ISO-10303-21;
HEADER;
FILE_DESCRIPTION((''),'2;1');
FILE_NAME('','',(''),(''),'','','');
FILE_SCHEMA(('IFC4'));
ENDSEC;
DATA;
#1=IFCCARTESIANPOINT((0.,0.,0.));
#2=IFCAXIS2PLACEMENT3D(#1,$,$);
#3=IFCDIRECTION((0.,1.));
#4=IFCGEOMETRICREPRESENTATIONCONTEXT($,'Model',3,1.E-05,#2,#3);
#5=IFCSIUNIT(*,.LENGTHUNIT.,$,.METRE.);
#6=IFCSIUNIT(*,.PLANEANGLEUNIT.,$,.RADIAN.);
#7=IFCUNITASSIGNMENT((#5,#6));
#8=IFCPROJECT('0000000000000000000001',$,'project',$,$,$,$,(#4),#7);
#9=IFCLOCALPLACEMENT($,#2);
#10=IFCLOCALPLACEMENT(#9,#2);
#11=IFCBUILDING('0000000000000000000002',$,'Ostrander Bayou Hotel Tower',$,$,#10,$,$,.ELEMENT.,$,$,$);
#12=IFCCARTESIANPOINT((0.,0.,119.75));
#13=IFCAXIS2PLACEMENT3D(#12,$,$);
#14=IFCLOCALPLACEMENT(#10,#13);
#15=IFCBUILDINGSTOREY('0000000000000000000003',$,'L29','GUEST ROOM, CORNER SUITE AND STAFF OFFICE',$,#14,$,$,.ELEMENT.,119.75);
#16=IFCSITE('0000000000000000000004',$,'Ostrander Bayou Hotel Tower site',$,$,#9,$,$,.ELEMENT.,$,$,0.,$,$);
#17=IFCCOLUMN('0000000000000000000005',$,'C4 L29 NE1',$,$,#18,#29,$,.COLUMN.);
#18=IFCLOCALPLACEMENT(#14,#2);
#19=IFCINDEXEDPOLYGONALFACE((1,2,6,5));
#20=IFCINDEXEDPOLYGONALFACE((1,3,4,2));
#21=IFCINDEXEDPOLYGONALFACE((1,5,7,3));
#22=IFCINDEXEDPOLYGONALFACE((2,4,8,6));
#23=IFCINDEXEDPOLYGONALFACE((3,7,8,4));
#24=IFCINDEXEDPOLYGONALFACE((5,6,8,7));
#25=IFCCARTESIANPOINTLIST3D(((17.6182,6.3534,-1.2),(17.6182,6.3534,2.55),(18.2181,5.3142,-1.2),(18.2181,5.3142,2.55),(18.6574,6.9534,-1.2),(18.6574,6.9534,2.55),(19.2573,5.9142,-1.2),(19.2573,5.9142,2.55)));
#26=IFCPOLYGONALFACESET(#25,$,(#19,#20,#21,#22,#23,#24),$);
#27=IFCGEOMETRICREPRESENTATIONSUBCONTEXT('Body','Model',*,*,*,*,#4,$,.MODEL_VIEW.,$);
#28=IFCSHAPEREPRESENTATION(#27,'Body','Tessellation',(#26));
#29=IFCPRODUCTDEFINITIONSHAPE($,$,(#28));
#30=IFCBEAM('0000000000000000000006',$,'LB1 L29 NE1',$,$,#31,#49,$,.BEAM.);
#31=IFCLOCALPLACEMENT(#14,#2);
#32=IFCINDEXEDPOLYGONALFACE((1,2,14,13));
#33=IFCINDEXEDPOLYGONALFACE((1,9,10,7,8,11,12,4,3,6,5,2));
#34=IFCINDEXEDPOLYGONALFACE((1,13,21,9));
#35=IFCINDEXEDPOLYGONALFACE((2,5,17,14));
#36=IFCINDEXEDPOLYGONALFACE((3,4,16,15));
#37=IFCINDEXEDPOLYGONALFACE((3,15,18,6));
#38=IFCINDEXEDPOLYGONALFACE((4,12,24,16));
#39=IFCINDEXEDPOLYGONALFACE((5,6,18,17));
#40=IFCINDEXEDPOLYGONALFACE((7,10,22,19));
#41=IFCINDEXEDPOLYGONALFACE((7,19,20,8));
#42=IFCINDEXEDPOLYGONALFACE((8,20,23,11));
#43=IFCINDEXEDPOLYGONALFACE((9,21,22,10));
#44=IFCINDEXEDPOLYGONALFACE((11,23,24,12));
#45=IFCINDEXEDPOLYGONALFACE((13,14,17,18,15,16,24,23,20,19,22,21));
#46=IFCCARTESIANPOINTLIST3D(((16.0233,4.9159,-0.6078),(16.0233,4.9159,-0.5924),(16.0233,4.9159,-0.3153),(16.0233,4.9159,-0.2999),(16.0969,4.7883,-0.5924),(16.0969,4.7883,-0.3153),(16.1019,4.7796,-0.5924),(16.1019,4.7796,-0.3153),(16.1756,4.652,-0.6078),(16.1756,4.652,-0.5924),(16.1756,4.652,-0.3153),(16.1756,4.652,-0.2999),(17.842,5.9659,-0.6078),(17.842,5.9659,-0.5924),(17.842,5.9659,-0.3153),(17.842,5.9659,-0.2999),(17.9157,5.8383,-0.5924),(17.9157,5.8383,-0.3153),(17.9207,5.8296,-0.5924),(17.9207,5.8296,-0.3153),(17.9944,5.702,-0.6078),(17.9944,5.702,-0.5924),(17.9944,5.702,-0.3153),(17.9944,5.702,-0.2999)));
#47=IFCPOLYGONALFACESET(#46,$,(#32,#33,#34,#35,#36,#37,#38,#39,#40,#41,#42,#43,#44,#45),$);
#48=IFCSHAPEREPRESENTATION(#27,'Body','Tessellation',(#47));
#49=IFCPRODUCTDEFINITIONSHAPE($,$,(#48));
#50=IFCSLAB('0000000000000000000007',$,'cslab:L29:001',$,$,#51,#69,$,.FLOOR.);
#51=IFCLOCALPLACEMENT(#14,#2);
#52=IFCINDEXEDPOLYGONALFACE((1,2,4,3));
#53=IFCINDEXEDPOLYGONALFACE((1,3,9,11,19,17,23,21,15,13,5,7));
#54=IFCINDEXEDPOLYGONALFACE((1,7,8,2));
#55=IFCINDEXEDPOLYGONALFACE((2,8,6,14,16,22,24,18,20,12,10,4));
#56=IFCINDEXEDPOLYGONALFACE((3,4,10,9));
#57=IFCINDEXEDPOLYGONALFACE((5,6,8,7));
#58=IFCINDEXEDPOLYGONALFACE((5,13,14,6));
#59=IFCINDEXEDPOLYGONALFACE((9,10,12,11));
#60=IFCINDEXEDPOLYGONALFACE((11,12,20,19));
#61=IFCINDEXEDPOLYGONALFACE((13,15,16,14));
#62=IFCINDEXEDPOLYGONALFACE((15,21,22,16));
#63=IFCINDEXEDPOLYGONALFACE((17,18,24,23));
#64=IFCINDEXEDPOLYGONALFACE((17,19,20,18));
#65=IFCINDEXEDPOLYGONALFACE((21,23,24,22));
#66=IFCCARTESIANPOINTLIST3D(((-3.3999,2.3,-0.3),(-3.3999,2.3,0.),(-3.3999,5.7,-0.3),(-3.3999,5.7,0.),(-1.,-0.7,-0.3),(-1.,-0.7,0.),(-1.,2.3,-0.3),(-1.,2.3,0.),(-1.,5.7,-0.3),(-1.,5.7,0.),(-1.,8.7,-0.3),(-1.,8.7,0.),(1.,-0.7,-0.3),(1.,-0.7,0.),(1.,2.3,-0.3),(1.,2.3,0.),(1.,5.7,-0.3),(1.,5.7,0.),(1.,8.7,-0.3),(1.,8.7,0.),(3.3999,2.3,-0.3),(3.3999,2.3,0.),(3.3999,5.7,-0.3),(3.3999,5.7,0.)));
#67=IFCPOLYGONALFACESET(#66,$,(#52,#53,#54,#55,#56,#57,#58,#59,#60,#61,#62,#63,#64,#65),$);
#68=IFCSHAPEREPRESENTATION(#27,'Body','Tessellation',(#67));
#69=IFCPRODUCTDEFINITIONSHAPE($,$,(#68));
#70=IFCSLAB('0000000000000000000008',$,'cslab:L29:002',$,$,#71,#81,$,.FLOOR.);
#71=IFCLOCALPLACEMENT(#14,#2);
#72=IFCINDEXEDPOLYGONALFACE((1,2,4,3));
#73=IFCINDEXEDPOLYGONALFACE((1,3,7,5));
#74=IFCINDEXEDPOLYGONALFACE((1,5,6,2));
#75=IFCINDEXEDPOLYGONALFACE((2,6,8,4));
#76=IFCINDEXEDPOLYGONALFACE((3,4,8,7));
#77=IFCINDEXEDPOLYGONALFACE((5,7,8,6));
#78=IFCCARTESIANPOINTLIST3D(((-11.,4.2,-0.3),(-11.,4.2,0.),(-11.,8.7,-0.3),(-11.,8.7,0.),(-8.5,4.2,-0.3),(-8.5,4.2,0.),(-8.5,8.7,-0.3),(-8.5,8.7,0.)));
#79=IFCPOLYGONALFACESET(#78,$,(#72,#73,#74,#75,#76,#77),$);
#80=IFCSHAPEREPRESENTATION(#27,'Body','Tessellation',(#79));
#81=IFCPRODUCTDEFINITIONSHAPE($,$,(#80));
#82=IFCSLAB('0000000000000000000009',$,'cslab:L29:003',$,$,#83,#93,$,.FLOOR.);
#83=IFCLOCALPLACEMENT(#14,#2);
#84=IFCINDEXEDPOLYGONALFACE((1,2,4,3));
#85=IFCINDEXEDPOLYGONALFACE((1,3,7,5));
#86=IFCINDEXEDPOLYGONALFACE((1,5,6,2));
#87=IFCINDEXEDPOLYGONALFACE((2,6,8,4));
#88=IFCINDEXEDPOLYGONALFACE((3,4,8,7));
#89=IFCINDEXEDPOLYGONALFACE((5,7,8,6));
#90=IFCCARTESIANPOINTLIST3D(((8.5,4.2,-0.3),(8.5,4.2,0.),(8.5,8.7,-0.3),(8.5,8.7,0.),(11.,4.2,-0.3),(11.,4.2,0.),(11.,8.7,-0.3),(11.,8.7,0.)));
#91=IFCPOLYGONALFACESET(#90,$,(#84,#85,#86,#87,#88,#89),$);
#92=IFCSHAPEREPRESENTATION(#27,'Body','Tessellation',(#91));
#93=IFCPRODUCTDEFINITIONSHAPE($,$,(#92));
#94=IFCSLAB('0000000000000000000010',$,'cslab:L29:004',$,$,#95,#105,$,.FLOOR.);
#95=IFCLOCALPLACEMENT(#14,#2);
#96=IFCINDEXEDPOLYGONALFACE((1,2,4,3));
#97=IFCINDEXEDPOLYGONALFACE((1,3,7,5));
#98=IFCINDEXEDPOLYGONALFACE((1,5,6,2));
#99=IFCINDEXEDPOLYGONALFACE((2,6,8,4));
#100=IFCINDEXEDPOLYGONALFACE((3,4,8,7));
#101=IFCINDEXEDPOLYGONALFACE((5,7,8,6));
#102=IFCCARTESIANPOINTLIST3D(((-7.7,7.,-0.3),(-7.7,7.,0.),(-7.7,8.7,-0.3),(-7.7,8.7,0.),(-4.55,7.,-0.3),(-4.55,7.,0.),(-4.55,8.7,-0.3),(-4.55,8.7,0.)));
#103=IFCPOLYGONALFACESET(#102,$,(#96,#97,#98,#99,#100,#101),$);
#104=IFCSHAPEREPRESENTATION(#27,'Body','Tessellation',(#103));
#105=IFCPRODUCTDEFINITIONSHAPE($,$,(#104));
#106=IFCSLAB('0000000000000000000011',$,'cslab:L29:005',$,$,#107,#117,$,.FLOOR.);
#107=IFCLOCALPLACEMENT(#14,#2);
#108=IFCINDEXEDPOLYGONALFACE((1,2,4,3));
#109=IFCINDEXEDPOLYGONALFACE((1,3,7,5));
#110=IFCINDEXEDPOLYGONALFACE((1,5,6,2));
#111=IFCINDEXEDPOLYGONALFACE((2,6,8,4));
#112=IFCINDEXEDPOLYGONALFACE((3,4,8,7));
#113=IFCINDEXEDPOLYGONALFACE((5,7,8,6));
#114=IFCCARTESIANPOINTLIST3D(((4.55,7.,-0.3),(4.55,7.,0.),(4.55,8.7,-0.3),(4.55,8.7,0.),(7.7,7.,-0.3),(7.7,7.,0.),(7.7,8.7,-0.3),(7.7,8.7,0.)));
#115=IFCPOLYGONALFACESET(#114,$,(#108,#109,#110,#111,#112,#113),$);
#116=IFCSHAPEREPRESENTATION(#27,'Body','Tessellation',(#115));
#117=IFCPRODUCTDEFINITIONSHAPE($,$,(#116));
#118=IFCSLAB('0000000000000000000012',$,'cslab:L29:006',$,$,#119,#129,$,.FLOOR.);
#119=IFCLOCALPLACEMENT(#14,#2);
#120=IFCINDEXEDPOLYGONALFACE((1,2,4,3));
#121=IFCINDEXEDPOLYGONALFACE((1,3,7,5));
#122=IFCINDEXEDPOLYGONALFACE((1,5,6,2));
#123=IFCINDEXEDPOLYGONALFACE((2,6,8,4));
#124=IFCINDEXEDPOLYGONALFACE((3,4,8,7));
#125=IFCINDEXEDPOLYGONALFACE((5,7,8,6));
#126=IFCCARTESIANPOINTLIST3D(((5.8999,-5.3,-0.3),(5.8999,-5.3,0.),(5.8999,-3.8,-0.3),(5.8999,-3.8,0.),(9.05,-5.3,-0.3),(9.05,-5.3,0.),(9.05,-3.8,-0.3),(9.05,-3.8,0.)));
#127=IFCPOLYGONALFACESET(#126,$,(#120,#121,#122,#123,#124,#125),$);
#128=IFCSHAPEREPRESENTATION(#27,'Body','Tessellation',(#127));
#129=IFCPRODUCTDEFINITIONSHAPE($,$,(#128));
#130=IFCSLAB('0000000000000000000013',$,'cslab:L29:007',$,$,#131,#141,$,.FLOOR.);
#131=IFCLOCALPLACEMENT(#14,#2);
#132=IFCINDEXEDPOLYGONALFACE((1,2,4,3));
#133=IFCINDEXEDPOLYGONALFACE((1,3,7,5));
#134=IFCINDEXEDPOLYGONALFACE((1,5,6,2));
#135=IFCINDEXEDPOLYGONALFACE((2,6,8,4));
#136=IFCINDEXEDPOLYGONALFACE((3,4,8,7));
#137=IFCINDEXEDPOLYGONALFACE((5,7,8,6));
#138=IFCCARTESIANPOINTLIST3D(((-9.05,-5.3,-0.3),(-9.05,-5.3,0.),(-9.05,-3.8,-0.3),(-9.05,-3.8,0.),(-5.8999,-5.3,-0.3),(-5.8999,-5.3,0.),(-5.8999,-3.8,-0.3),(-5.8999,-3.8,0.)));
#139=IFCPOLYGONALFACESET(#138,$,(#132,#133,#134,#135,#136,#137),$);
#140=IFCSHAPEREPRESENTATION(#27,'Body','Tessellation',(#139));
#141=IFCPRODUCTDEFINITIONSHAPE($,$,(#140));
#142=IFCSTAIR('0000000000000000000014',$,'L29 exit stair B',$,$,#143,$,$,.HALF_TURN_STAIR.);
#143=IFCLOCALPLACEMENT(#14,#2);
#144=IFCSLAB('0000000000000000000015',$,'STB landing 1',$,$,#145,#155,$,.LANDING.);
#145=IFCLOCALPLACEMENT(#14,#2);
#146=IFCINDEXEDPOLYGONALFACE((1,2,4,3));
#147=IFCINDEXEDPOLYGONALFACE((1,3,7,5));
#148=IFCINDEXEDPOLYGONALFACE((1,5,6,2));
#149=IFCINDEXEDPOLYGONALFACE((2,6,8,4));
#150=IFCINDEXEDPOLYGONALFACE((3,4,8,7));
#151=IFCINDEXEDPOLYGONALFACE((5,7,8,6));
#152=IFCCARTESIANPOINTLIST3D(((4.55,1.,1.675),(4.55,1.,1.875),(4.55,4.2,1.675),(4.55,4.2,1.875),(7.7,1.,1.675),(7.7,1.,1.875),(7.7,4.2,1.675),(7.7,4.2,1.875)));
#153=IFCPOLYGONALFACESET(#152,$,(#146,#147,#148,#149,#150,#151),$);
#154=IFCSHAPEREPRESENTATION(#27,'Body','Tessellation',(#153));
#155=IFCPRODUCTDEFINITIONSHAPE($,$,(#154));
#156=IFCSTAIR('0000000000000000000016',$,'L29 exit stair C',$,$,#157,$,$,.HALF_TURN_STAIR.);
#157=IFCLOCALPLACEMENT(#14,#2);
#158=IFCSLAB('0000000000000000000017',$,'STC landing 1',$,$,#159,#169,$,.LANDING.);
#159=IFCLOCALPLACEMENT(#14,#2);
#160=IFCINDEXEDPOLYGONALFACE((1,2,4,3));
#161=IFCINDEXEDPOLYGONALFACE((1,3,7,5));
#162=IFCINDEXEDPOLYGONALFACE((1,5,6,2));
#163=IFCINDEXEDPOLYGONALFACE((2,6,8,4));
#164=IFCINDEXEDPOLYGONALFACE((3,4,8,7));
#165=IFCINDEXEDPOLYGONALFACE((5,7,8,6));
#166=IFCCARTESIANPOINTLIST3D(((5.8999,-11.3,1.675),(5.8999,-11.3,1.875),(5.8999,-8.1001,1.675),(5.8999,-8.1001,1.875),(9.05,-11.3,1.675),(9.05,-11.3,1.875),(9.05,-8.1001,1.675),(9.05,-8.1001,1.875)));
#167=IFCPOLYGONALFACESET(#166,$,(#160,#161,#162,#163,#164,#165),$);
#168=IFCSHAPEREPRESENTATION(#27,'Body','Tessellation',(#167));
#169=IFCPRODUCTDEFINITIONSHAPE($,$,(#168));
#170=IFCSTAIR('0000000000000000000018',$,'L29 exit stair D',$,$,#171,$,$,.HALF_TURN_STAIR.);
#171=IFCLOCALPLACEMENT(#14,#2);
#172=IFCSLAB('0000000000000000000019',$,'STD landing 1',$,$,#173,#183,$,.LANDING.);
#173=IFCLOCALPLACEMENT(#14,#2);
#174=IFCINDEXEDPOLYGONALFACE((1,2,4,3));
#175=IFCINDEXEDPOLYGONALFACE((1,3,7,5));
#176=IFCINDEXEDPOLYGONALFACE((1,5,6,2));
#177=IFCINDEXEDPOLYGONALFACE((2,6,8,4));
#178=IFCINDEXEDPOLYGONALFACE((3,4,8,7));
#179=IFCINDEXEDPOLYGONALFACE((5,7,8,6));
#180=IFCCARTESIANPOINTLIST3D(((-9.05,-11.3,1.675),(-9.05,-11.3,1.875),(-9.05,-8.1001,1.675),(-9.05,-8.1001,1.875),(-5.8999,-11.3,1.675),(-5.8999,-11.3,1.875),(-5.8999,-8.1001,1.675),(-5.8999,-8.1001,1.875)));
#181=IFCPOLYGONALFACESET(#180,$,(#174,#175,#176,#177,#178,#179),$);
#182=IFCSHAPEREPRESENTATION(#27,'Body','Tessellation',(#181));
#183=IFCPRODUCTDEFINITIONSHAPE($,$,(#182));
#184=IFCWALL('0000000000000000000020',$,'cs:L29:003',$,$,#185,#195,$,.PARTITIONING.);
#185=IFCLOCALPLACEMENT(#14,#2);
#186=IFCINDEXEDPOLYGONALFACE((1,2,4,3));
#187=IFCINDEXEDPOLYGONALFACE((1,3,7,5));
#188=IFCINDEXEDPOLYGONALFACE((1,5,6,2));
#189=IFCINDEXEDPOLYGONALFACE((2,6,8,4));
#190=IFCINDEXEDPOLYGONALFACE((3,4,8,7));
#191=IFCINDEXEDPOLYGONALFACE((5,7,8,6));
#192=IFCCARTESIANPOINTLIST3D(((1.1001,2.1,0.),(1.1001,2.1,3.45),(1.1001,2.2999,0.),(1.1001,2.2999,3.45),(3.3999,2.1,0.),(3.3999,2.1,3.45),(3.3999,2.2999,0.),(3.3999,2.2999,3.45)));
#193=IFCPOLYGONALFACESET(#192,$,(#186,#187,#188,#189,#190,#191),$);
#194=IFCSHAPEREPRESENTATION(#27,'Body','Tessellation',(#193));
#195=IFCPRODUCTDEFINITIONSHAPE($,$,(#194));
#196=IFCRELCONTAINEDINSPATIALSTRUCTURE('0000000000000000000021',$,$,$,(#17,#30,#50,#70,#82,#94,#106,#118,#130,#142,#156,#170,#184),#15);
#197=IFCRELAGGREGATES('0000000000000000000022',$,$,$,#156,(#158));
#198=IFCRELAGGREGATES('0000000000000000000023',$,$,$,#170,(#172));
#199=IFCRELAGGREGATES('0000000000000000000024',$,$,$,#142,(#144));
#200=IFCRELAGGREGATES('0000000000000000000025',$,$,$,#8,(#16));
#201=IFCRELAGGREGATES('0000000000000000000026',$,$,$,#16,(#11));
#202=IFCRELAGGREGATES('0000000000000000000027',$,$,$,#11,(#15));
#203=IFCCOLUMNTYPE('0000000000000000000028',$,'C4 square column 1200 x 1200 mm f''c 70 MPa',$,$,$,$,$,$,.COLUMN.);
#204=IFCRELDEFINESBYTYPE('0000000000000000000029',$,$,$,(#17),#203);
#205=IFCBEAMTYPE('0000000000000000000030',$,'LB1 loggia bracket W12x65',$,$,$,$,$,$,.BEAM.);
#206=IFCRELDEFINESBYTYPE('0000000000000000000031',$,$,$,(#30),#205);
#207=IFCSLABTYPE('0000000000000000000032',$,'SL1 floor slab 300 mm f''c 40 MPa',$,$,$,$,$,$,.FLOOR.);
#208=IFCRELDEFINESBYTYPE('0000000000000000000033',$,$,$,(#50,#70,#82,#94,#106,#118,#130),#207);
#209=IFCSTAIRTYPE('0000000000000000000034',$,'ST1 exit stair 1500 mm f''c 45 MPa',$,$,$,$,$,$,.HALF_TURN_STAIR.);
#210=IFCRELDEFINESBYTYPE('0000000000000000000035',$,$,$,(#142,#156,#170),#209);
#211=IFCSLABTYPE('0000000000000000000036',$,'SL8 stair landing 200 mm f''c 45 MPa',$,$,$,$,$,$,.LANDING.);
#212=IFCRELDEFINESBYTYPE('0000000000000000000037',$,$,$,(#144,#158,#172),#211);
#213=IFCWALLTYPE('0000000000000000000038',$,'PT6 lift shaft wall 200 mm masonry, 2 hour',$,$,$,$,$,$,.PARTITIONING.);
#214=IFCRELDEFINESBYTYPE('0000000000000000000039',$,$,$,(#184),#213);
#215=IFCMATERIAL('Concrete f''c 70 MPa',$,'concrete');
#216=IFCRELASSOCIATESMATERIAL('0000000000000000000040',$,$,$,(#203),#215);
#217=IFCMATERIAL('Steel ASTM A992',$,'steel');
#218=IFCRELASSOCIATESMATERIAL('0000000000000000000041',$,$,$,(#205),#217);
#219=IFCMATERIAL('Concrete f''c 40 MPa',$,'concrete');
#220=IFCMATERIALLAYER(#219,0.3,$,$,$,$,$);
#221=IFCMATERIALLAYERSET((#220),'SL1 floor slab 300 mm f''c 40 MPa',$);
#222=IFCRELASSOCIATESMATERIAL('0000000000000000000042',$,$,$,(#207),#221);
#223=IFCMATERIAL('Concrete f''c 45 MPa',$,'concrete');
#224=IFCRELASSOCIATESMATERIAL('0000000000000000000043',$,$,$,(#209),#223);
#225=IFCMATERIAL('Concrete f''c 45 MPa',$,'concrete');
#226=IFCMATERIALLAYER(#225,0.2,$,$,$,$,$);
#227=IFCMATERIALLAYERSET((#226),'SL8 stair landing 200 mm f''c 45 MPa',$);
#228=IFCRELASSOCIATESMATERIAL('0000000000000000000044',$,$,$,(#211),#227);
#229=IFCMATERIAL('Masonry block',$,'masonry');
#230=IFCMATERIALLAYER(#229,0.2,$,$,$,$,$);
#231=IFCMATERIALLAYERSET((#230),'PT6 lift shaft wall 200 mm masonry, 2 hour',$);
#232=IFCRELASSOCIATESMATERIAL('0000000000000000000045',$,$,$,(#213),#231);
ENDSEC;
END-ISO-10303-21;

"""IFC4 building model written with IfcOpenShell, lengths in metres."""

from ifc_helpers import new_model, si_unit, direction, frame, frame_2d, origin, origin_2d, place, context, subcontext, project, spatial, polyline, rectangle, i_section, outline, extrude, material, layer, layer_set, material_profile, profile_set, type_object, element, aggregate, save


model = new_model("IFC4")

# Units and contexts
model_context = context("Model", 3, precision=1e-05, world=origin(), true_north=direction((0.0, 1.0)))
body_context = subcontext(model_context, "Body", "Model", "MODEL_VIEW")
ifc_project = project(units=[si_unit("LENGTHUNIT", "METRE"), si_unit("PLANEANGLEUNIT", "RADIAN")], contexts=[model_context])

# Site, building, storey
site_placement = place(None, origin())
site = spatial("IfcSite", under=ifc_project, at=site_placement, Name="Ostrander Bayou Hotel Tower site", CompositionType="ELEMENT", RefElevation=0.0)
building_placement = place(site_placement, origin())
building = spatial("IfcBuilding", under=site, at=building_placement, Name="Ostrander Bayou Hotel Tower", CompositionType="ELEMENT")
storey_placement = place(building_placement, frame((0.0, 0.0, 119.75)))
storey = spatial("IfcBuildingStorey", under=building, at=storey_placement, Name="L29", Description="GUEST ROOM, CORNER SUITE AND STAFF OFFICE", CompositionType="ELEMENT", Elevation=119.75)

# Column
ifc_material_1 = material(Name="Concrete f'c 70 MPa", Category="concrete")
ifc_material_profile_1 = material_profile(ifc_material_1, rectangle(XDim=1.2, YDim=1.2, at=origin_2d()))
ifc_profile_set_1 = profile_set([ifc_material_profile_1], Name="Concrete f'c 70 MPa")
column_type = type_object("IfcColumnType", Name="C4 square column 1200 x 1200 mm f'c 70 MPa", PredefinedType="COLUMN", material=ifc_profile_set_1)
column_placement = place(storey_placement, frame((18.4377, 6.1338, -1.2), z_axis=(0.0, 0.0, 1.0), x_axis=(0.5, -0.866025, 0.0)))
element("IfcColumn", 1, at=column_placement, inside=storey, type_object=column_type, Name="C4 L29 NE1", PredefinedType="COLUMN", context=body_context, shape_type="SweptSolid", body=[
    extrude(rectangle(XDim=1.2, YDim=1.2, at=origin_2d()), origin(), (0.0, 0.0, 1.0), 3.75),
])

# Beam
ifc_material_2 = material(Name="Steel ASTM A992", Category="steel")
ifc_material_profile_2 = material_profile(ifc_material_2, i_section(OverallWidth=0.3047, OverallDepth=0.3079, WebThickness=0.01, FlangeThickness=0.0154, at=origin_2d()))
ifc_profile_set_2 = profile_set([ifc_material_profile_2], Name="Steel ASTM A992")
beam_type = type_object("IfcBeamType", Name="LB1 loggia bracket W12x65", PredefinedType="BEAM", material=ifc_profile_set_2)
beam_placement = place(storey_placement, frame((17.9182, 5.834, -0.4539), z_axis=(-0.866038, -0.499977, 0.0), x_axis=(0.499977, -0.866038, 0.0)))
element("IfcBeam", 2, at=beam_placement, inside=storey, type_object=beam_type, Name="LB1 L29 NE1", PredefinedType="BEAM", context=body_context, shape_type="SweptSolid", body=[
    extrude(i_section(OverallWidth=0.3047, OverallDepth=0.3079, WebThickness=0.01, FlangeThickness=0.0154, at=origin_2d()), origin(), (0.0, 0.0, 1.0), 2.1001),
])

# Slabs
ifc_material_3 = material(Name="Concrete f'c 40 MPa", Category="concrete")
ifc_layer_1 = layer(ifc_material_3, 0.3)
ifc_layer_set_1 = layer_set([ifc_layer_1], Name="SL1 floor slab 300 mm f'c 40 MPa")
slab_type_1 = type_object("IfcSlabType", Name="SL1 floor slab 300 mm f'c 40 MPa", PredefinedType="FLOOR", material=ifc_layer_set_1)
slab_1_placement = place(storey_placement, frame((0.0, 0.0, -0.3)))
element("IfcSlab", 3, at=slab_1_placement, inside=storey, type_object=slab_type_1, Name="cslab:L29:001", PredefinedType="FLOOR", context=body_context, shape_type="SweptSolid", body=[
    extrude(outline(polyline([(-3.3999, 5.7), (-1.0, 5.7), (-1.0, 8.7), (1.0, 8.7), (1.0, 5.7), (3.3999, 5.7), (3.3999, 2.3), (1.0, 2.3), (1.0, -0.7), (-1.0, -0.7), (-1.0, 2.3), (-3.3999, 2.3), (-3.3999, 5.7)])), origin(), (0.0, 0.0, 1.0), 0.3),
])
slab_2_placement = place(storey_placement, frame((0.0, 0.0, -0.3)))
element("IfcSlab", 4, at=slab_2_placement, inside=storey, type_object=slab_type_1, Name="cslab:L29:002", PredefinedType="FLOOR", context=body_context, shape_type="SweptSolid", body=[
    extrude(outline(polyline([(-8.5, 4.2), (-8.5, 8.7), (-11.0, 8.7), (-11.0, 4.2), (-8.5, 4.2)])), origin(), (0.0, 0.0, 1.0), 0.3),
])
slab_3_placement = place(storey_placement, frame((0.0, 0.0, -0.3)))
element("IfcSlab", 5, at=slab_3_placement, inside=storey, type_object=slab_type_1, Name="cslab:L29:003", PredefinedType="FLOOR", context=body_context, shape_type="SweptSolid", body=[
    extrude(outline(polyline([(11.0, 4.2), (11.0, 8.7), (8.5, 8.7), (8.5, 4.2), (11.0, 4.2)])), origin(), (0.0, 0.0, 1.0), 0.3),
])
slab_4_placement = place(storey_placement, frame((0.0, 0.0, -0.3)))
element("IfcSlab", 6, at=slab_4_placement, inside=storey, type_object=slab_type_1, Name="cslab:L29:004", PredefinedType="FLOOR", context=body_context, shape_type="SweptSolid", body=[
    extrude(outline(polyline([(-4.55, 7.0), (-4.55, 8.7), (-7.7, 8.7), (-7.7, 7.0), (-4.55, 7.0)])), origin(), (0.0, 0.0, 1.0), 0.3),
])
slab_5_placement = place(storey_placement, frame((0.0, 0.0, -0.3)))
element("IfcSlab", 7, at=slab_5_placement, inside=storey, type_object=slab_type_1, Name="cslab:L29:005", PredefinedType="FLOOR", context=body_context, shape_type="SweptSolid", body=[
    extrude(outline(polyline([(7.7, 7.0), (7.7, 8.7), (4.55, 8.7), (4.55, 7.0), (7.7, 7.0)])), origin(), (0.0, 0.0, 1.0), 0.3),
])
slab_6_placement = place(storey_placement, frame((0.0, 0.0, -0.3)))
element("IfcSlab", 8, at=slab_6_placement, inside=storey, type_object=slab_type_1, Name="cslab:L29:006", PredefinedType="FLOOR", context=body_context, shape_type="SweptSolid", body=[
    extrude(outline(polyline([(9.05, -5.3), (9.05, -3.8), (5.8999, -3.8), (5.8999, -5.3), (9.05, -5.3)])), origin(), (0.0, 0.0, 1.0), 0.3),
])
slab_7_placement = place(storey_placement, frame((0.0, 0.0, -0.3)))
element("IfcSlab", 9, at=slab_7_placement, inside=storey, type_object=slab_type_1, Name="cslab:L29:007", PredefinedType="FLOOR", context=body_context, shape_type="SweptSolid", body=[
    extrude(outline(polyline([(-5.8999, -5.3), (-5.8999, -3.8), (-9.05, -3.8), (-9.05, -5.3), (-5.8999, -5.3)])), origin(), (0.0, 0.0, 1.0), 0.3),
])

# Stairs, slabs
ifc_material_4 = material(Name="Concrete f'c 45 MPa", Category="concrete")
stair_type = type_object("IfcStairType", Name="ST1 exit stair 1500 mm f'c 45 MPa", PredefinedType="HALF_TURN_STAIR", material=ifc_material_4)
stair_1_placement = place(storey_placement, origin())
stair_1 = element("IfcStair", 10, at=stair_1_placement, inside=storey, type_object=stair_type, Name="L29 exit stair B", PredefinedType="HALF_TURN_STAIR")
ifc_material_5 = material(Name="Concrete f'c 45 MPa", Category="concrete")
ifc_layer_2 = layer(ifc_material_5, 0.2)
ifc_layer_set_2 = layer_set([ifc_layer_2], Name="SL8 stair landing 200 mm f'c 45 MPa")
slab_type_2 = type_object("IfcSlabType", Name="SL8 stair landing 200 mm f'c 45 MPa", PredefinedType="LANDING", material=ifc_layer_set_2)
slab_8_placement = place(storey_placement, frame((0.0, 0.0, 1.675)))
slab_8 = element("IfcSlab", 11, at=slab_8_placement, type_object=slab_type_2, Name="STB landing 1", PredefinedType="LANDING", context=body_context, shape_type="SweptSolid", body=[
    extrude(outline(polyline([(4.55, 4.2), (4.55, 1.0), (7.7, 1.0), (7.7, 4.2), (4.55, 4.2)])), origin(), (0.0, 0.0, 1.0), 0.2),
])
stair_2_placement = place(storey_placement, origin())
stair_2 = element("IfcStair", 12, at=stair_2_placement, inside=storey, type_object=stair_type, Name="L29 exit stair C", PredefinedType="HALF_TURN_STAIR")
slab_9_placement = place(storey_placement, frame((0.0, 0.0, 1.675)))
slab_9 = element("IfcSlab", 13, at=slab_9_placement, type_object=slab_type_2, Name="STC landing 1", PredefinedType="LANDING", context=body_context, shape_type="SweptSolid", body=[
    extrude(outline(polyline([(5.8999, -8.1001), (5.8999, -11.3), (9.05, -11.3), (9.05, -8.1001), (5.8999, -8.1001)])), origin(), (0.0, 0.0, 1.0), 0.2),
])
aggregate(stair_2, [slab_9])
stair_3_placement = place(storey_placement, origin())
stair_3 = element("IfcStair", 14, at=stair_3_placement, inside=storey, type_object=stair_type, Name="L29 exit stair D", PredefinedType="HALF_TURN_STAIR")
slab_10_placement = place(storey_placement, frame((0.0, 0.0, 1.675)))
slab_10 = element("IfcSlab", 15, at=slab_10_placement, type_object=slab_type_2, Name="STD landing 1", PredefinedType="LANDING", context=body_context, shape_type="SweptSolid", body=[
    extrude(outline(polyline([(-9.05, -8.1001), (-9.05, -11.3), (-5.8999, -11.3), (-5.8999, -8.1001), (-9.05, -8.1001)])), origin(), (0.0, 0.0, 1.0), 0.2),
])
aggregate(stair_3, [slab_10])

# Wall
ifc_material_6 = material(Name="Masonry block", Category="masonry")
ifc_layer_3 = layer(ifc_material_6, 0.2)
ifc_layer_set_3 = layer_set([ifc_layer_3], Name="PT6 lift shaft wall 200 mm masonry, 2 hour")
wall_type_1 = type_object("IfcWallType", Name="PT6 lift shaft wall 200 mm masonry, 2 hour", PredefinedType="PARTITIONING", material=ifc_layer_set_3)
for number, where, z_axis, x_axis, name in (
    (16, (1.1001, 2.2, 0.0), (0.0, 0.0, 1.0), (1.0, 0.0, 0.0), "cs:L29:003"),
):
    element("IfcWall", number, at=place(storey_placement, frame(where, z_axis=z_axis, x_axis=x_axis)), inside=storey, type_object=wall_type_1, Name=name, PredefinedType="PARTITIONING", context=body_context, shape_type="SweptSolid", body=[
        extrude(rectangle(XDim=2.2998, YDim=0.2, at=frame_2d((1.1499, 0.0))), origin(), (0.0, 0.0, 1.0), 3.45),
    ])

aggregate(stair_1, [slab_8])

save(model, "model.ifc")
